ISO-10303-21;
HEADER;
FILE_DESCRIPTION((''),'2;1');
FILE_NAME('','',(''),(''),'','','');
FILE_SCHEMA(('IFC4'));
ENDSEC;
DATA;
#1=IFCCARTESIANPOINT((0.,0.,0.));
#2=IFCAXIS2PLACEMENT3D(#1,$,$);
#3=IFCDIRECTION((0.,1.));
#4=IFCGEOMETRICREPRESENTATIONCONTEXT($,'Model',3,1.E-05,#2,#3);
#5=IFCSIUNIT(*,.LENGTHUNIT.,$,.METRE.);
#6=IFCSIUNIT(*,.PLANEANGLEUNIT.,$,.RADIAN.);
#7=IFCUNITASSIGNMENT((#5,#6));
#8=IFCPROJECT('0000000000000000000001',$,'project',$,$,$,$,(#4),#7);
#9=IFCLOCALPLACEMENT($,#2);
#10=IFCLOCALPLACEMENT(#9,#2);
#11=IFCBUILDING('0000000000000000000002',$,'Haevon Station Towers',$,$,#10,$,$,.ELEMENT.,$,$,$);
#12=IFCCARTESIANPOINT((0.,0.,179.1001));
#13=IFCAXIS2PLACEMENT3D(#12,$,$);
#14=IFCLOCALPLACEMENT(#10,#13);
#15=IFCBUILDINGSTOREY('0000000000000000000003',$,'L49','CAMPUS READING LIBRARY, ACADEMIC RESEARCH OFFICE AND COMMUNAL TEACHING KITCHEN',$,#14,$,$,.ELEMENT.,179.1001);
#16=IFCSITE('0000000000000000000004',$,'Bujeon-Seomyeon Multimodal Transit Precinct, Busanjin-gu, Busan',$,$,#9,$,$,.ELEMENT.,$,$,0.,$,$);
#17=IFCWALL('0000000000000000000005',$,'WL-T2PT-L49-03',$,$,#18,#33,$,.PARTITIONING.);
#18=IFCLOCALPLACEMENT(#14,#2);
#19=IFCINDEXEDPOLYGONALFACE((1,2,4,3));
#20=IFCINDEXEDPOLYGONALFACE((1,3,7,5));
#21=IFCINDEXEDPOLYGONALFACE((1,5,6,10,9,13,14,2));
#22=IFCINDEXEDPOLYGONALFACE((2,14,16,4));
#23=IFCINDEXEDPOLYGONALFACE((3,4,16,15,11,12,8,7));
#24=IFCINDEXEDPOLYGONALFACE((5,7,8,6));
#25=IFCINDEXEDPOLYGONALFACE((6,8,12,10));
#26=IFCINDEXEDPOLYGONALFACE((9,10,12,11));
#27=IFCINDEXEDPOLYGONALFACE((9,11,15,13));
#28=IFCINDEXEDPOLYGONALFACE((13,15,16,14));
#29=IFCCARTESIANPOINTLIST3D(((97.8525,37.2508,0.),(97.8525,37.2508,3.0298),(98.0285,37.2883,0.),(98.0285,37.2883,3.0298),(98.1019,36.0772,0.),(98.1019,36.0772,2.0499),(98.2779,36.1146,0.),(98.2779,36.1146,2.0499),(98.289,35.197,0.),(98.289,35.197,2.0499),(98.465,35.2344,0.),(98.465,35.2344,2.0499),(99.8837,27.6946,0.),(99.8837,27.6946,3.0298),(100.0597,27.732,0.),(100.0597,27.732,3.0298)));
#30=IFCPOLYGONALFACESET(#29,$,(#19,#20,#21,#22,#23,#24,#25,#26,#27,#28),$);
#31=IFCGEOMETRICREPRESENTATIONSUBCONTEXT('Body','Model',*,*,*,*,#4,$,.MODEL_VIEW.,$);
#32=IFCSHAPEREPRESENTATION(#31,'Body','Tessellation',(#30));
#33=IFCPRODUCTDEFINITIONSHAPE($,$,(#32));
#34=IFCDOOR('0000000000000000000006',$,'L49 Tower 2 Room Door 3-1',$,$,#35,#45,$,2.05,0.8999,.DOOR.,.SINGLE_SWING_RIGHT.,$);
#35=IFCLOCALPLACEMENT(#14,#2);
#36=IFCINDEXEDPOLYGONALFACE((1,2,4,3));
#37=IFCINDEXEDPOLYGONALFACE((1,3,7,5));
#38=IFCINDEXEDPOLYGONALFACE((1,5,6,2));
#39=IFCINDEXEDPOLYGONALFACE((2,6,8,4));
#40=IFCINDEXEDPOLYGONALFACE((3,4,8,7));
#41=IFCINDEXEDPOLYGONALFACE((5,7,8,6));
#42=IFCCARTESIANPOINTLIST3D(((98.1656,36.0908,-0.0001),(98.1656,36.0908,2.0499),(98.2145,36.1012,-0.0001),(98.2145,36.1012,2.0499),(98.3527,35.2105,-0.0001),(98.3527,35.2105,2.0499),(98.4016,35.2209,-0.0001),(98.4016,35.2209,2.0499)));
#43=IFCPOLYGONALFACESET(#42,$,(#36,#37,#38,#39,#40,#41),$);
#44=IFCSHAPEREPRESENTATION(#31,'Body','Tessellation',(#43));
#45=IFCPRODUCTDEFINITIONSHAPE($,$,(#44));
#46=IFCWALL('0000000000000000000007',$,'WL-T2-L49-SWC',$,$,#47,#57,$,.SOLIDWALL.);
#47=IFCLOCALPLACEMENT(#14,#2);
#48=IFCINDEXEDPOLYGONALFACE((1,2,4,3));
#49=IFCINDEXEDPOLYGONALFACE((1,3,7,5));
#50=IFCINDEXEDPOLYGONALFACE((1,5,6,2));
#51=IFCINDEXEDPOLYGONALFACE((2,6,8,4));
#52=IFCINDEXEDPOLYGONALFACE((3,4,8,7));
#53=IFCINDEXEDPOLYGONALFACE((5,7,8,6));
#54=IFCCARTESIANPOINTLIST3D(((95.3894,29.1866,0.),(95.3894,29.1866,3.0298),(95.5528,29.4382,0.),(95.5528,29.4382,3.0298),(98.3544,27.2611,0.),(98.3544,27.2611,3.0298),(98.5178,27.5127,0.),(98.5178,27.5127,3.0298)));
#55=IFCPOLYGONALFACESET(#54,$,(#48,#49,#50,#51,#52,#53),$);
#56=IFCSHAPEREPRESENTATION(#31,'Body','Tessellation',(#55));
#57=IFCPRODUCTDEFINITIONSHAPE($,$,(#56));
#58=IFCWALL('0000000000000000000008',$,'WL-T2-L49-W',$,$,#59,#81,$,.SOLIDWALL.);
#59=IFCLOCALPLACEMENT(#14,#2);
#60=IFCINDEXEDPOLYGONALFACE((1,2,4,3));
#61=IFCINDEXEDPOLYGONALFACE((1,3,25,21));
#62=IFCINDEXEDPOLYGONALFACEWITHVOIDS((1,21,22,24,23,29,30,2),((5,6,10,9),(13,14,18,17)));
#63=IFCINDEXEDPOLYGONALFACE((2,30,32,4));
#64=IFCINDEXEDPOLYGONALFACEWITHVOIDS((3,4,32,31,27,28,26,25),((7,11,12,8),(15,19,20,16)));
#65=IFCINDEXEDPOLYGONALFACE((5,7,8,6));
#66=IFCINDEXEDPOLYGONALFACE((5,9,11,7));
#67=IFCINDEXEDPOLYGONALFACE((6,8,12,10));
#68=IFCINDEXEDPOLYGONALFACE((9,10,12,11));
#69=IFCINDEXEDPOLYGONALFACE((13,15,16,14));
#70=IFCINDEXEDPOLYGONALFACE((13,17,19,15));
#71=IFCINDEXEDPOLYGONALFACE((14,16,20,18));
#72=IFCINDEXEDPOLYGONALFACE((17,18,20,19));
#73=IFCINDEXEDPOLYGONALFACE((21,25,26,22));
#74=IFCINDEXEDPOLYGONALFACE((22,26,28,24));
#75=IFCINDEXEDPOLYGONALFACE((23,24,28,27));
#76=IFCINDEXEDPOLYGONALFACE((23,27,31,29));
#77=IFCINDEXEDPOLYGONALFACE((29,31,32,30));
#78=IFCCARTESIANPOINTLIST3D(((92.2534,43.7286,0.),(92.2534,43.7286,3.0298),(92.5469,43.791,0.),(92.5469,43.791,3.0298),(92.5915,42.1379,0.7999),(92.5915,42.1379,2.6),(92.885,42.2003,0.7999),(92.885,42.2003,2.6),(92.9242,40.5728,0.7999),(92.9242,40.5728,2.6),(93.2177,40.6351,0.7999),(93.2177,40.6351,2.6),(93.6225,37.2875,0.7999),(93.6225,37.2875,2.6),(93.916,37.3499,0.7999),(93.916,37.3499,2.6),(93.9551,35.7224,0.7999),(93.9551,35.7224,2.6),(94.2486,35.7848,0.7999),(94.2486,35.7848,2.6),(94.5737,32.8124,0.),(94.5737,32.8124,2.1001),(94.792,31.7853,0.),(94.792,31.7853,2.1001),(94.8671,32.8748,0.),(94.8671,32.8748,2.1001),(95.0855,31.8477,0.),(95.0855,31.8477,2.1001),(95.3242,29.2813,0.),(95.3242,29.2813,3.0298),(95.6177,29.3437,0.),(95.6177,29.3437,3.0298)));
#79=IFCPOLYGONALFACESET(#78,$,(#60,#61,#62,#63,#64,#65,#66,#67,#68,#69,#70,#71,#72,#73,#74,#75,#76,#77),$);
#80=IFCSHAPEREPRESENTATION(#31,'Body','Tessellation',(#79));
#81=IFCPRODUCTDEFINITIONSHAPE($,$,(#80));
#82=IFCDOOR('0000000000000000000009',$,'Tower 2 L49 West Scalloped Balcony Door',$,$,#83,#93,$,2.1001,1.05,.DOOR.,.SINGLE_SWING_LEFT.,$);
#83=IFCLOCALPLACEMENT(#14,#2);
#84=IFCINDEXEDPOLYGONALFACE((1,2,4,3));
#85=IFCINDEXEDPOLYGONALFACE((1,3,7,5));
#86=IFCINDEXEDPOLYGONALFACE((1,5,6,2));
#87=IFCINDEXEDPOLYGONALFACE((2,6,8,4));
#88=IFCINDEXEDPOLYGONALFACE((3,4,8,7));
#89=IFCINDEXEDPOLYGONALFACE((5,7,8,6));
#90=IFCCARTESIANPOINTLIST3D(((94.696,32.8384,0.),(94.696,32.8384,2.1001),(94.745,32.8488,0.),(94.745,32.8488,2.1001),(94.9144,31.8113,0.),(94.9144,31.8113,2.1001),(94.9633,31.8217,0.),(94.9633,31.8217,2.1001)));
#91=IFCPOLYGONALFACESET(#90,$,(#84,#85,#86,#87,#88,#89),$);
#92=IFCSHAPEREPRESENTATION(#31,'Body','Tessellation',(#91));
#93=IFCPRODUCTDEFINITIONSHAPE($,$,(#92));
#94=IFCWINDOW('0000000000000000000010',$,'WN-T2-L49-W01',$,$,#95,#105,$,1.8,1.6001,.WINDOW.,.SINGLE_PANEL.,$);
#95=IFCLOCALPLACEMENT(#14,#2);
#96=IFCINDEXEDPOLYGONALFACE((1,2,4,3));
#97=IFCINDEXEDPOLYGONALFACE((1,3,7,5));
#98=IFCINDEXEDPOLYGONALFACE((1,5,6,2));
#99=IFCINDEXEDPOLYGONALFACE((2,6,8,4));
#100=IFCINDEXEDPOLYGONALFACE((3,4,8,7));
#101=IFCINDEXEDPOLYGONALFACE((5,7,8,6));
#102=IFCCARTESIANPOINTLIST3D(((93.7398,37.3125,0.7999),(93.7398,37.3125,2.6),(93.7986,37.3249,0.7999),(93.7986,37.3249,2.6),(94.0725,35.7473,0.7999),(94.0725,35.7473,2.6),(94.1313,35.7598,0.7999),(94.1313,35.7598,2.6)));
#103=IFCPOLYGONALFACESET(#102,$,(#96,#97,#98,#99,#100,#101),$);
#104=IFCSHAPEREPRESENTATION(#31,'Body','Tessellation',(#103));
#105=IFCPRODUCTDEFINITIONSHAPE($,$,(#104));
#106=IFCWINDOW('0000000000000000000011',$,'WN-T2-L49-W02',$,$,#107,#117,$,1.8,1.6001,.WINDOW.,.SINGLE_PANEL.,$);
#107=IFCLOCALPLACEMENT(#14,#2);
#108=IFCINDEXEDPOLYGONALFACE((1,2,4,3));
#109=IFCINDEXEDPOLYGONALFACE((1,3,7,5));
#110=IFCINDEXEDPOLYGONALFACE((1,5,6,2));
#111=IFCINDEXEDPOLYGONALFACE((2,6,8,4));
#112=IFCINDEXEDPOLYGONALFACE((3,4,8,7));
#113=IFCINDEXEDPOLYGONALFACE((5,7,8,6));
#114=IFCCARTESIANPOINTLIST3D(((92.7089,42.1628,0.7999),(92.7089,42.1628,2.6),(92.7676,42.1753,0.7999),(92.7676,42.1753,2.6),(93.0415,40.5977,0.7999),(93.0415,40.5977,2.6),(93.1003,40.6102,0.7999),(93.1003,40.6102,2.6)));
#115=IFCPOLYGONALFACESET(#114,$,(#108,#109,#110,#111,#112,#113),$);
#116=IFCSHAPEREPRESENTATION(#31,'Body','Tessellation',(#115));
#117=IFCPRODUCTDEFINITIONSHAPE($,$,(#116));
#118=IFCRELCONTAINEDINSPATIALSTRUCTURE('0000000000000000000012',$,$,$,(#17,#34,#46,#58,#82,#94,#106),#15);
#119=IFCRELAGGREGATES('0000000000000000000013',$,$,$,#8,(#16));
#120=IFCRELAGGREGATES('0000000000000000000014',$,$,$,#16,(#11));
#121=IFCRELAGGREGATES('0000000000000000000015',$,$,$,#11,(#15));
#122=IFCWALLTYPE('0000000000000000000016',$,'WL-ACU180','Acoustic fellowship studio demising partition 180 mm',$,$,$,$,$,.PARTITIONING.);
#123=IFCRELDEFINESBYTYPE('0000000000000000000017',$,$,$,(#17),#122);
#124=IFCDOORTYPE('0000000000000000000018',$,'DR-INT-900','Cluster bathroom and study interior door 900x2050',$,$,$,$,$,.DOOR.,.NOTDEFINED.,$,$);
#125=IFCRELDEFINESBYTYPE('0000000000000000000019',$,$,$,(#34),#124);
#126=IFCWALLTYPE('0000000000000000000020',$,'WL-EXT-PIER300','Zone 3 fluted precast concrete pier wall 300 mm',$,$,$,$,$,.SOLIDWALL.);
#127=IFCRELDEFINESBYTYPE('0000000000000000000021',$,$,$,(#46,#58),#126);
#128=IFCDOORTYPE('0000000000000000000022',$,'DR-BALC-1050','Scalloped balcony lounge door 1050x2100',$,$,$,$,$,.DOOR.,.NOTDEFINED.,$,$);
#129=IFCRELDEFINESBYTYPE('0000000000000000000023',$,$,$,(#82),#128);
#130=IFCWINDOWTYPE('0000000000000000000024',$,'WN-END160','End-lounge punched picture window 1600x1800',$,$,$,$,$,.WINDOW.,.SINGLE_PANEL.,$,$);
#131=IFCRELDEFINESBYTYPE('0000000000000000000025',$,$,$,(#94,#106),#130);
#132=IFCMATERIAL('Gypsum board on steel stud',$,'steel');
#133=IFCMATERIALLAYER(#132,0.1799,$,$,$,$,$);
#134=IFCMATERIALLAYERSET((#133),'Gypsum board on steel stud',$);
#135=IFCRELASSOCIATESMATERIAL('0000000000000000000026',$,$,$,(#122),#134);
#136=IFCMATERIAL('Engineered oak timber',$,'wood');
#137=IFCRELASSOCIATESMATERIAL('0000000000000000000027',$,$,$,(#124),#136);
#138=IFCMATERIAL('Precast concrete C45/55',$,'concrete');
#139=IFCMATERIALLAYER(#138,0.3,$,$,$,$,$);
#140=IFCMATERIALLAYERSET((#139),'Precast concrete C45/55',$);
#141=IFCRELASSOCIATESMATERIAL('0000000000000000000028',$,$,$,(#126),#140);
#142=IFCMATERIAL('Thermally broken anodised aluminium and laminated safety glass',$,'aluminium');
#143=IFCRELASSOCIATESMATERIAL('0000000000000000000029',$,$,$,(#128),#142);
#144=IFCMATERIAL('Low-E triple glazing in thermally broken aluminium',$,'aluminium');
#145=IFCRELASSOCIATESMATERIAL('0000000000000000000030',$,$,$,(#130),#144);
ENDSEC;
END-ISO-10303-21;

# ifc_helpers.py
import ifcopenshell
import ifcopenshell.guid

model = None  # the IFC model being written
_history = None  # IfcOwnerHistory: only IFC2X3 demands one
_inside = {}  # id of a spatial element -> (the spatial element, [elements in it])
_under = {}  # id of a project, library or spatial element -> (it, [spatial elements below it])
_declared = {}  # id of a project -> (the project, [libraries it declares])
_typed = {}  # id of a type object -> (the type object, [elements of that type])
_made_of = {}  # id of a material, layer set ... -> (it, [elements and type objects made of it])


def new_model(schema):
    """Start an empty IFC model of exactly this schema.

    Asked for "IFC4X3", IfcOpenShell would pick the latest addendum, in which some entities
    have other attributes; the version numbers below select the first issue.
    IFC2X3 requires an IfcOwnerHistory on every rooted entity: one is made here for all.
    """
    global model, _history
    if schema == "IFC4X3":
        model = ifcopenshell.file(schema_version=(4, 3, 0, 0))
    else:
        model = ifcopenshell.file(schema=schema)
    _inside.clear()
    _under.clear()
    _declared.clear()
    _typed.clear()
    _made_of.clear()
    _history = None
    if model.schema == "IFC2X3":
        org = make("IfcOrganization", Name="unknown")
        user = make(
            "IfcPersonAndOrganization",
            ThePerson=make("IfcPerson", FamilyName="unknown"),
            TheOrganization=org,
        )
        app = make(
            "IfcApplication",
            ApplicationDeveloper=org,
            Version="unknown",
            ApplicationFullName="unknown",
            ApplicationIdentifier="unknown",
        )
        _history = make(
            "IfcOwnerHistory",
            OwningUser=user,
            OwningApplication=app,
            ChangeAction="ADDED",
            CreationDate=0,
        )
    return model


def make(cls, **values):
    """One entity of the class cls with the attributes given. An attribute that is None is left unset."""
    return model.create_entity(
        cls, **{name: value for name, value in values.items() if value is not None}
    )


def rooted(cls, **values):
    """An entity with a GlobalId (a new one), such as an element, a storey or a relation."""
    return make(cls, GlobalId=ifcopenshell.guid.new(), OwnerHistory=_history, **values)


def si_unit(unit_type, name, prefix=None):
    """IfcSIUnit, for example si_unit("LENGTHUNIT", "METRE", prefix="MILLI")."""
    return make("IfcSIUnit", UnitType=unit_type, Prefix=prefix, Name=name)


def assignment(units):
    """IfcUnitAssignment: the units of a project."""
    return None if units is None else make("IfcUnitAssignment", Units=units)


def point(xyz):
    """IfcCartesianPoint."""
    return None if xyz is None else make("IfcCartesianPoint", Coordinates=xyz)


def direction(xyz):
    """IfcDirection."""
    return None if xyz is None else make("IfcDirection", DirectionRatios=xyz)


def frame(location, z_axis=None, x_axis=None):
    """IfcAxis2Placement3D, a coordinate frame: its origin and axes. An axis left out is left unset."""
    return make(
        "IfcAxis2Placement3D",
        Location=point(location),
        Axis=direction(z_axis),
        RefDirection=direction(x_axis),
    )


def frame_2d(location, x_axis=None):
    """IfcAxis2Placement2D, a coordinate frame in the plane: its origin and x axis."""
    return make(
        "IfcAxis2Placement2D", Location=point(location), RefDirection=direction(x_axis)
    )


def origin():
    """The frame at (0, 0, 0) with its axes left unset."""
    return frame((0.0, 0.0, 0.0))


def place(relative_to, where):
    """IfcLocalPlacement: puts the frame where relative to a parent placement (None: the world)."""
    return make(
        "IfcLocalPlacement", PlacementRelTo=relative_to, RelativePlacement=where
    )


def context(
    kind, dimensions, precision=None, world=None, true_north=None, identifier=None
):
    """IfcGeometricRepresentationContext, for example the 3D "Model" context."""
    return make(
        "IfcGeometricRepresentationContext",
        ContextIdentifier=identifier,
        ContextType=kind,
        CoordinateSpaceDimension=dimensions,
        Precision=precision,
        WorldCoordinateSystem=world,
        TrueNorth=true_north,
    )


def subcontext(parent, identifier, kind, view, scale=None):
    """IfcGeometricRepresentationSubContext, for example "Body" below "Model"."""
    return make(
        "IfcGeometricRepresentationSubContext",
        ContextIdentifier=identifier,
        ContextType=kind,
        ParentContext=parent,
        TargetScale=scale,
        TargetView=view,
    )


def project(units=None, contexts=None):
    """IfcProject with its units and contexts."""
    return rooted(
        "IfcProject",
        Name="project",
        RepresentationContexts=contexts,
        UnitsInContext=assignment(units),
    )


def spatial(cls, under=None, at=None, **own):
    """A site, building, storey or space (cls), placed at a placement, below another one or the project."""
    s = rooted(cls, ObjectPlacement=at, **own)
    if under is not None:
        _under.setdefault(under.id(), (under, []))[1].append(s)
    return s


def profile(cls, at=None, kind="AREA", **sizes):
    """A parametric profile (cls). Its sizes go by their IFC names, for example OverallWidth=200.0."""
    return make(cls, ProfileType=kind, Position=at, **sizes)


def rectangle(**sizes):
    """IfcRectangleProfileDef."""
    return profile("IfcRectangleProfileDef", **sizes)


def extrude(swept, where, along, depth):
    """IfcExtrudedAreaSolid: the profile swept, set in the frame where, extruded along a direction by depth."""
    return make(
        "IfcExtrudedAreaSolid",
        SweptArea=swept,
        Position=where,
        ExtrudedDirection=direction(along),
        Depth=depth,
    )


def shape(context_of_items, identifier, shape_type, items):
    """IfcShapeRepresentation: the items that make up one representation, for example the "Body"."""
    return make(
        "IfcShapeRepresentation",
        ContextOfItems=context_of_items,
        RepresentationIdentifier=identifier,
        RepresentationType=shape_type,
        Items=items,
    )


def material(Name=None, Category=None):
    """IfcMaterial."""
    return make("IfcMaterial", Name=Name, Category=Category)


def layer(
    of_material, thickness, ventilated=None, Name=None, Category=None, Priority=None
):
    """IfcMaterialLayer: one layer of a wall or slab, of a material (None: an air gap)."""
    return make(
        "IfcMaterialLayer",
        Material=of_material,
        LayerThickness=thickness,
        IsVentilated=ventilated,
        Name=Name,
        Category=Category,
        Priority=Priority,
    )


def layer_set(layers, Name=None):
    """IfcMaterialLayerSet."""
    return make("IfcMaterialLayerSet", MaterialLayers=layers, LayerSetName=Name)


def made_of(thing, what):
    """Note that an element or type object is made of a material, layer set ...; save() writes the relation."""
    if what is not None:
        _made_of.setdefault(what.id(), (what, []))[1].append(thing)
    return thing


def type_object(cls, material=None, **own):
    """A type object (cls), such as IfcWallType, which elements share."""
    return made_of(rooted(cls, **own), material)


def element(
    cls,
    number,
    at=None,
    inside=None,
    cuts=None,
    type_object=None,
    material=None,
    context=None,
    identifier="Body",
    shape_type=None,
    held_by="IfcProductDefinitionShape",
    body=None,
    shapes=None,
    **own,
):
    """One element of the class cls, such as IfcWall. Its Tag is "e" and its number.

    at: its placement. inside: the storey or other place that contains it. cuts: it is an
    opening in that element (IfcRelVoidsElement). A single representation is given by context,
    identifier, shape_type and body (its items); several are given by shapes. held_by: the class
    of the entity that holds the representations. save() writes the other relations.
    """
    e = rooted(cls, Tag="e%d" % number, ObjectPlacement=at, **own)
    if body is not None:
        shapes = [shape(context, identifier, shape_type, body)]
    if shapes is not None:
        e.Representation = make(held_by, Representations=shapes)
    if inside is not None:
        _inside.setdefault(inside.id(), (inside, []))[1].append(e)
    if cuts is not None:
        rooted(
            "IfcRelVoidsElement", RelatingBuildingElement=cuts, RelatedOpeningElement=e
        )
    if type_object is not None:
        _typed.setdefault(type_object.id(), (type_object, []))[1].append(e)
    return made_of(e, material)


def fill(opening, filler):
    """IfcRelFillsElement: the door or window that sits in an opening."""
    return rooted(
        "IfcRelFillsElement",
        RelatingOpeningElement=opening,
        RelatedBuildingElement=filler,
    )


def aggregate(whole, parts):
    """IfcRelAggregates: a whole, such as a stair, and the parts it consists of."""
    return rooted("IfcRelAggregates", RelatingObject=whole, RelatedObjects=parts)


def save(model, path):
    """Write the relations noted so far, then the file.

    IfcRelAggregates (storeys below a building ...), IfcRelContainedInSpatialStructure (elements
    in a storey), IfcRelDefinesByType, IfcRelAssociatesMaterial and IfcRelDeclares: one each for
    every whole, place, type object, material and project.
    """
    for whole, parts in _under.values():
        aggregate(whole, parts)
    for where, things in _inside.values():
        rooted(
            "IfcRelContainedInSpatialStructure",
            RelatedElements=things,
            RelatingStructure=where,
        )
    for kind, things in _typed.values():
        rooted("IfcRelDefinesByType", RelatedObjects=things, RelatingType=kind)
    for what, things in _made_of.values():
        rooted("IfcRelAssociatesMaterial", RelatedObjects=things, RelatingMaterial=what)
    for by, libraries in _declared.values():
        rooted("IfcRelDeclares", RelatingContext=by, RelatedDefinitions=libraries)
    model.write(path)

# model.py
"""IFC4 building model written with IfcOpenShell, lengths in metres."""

from ifc_helpers import new_model, si_unit, direction, frame, frame_2d, origin, place, context, subcontext, project, spatial, rectangle, extrude, material, layer, layer_set, type_object, element, fill, save


model = new_model("IFC4")

# Units and contexts
model_context = context("Model", 3, precision=1e-05, world=origin(), true_north=direction((0.0, 1.0)))
body_context = subcontext(model_context, "Body", "Model", "MODEL_VIEW")
ifc_project = project(units=[si_unit("LENGTHUNIT", "METRE"), si_unit("PLANEANGLEUNIT", "RADIAN")], contexts=[model_context])

# Site, building, storey
site_placement = place(None, origin())
site = spatial("IfcSite", under=ifc_project, at=site_placement, Name="Bujeon-Seomyeon Multimodal Transit Precinct, Busanjin-gu, Busan", CompositionType="ELEMENT", RefElevation=0.0)
building_placement = place(site_placement, origin())
building = spatial("IfcBuilding", under=site, at=building_placement, Name="Haevon Station Towers", CompositionType="ELEMENT")
storey_placement = place(building_placement, frame((0.0, 0.0, 179.1001)))
storey = spatial("IfcBuildingStorey", under=building, at=storey_placement, Name="L49", Description="CAMPUS READING LIBRARY, ACADEMIC RESEARCH OFFICE AND COMMUNAL TEACHING KITCHEN", CompositionType="ELEMENT", Elevation=179.1001)

# Wall, opening, door
ifc_material_1 = material(Name="Gypsum board on steel stud", Category="steel")
ifc_layer_1 = layer(ifc_material_1, 0.1799)
ifc_layer_set_1 = layer_set([ifc_layer_1], Name="Gypsum board on steel stud")
wall_type_1 = type_object("IfcWallType", Name="WL-ACU180", Description="Acoustic fellowship studio demising partition 180 mm", PredefinedType="PARTITIONING", material=ifc_layer_set_1)
wall_1_placement = place(storey_placement, frame((99.9717, 27.7134, 0.0), z_axis=(0.0, 0.0, 1.0), x_axis=(-0.207909, 0.978148, 0.0)))
wall_1 = element("IfcWall", 1, at=wall_1_placement, inside=storey, type_object=wall_type_1, Name="WL-T2PT-L49-03", PredefinedType="PARTITIONING", context=body_context, shape_type="SweptSolid", body=[
    extrude(rectangle(XDim=9.7698, YDim=0.1799, at=frame_2d((4.8848, 0.0))), origin(), (0.0, 0.0, 1.0), 3.0298),
])
opening_1_placement = place(wall_1_placement, frame((7.6699, 0.0, 0.0)))
opening_1 = element("IfcOpeningElement", 2, at=opening_1_placement, cuts=wall_1, PredefinedType="OPENING", context=body_context, shape_type="SweptSolid", body=[
    extrude(rectangle(XDim=0.8999, YDim=2.05, at=frame_2d((0.45, 1.0249))), frame((0.0, 0.0999, 0.0), z_axis=(0.0, -1.0, 0.0), x_axis=(1.0, 0.0, 0.0)), (0.0, 0.0, 1.0), 0.2),
])
ifc_material_2 = material(Name="Engineered oak timber", Category="wood")
door_type_1 = type_object("IfcDoorType", Name="DR-INT-900", Description="Cluster bathroom and study interior door 900x2050", OperationType="NOTDEFINED", PredefinedType="DOOR", material=ifc_material_2)
door_1_placement = place(opening_1_placement, origin())
door_1 = element("IfcDoor", 3, at=door_1_placement, inside=storey, type_object=door_type_1, Name="L49 Tower 2 Room Door 3-1", OperationType="SINGLE_SWING_RIGHT", OverallHeight=2.05, OverallWidth=0.8999, PredefinedType="DOOR", context=body_context, shape_type="SweptSolid", body=[
    extrude(rectangle(XDim=0.8999, YDim=2.05, at=frame_2d((0.45, 1.0249))), frame((0.0, 0.0249, 0.0), z_axis=(0.0, -1.0, 0.0), x_axis=(1.0, 0.0, 0.0)), (0.0, 0.0, 1.0), 0.05),
])
fill(opening_1, door_1)

# Wall
ifc_material_3 = material(Name="Precast concrete C45/55", Category="concrete")
ifc_layer_2 = layer(ifc_material_3, 0.3)
ifc_layer_set_2 = layer_set([ifc_layer_2], Name="Precast concrete C45/55")
wall_type_2 = type_object("IfcWallType", Name="WL-EXT-PIER300", Description="Zone 3 fluted precast concrete pier wall 300 mm", PredefinedType="SOLIDWALL", material=ifc_layer_set_2)
wall_2_placement = place(storey_placement, frame((98.436, 27.387, 0.0), z_axis=(0.0, 0.0, 1.0), x_axis=(-0.838672, 0.544636, 0.0)))
element("IfcWall", 4, at=wall_2_placement, inside=storey, type_object=wall_type_2, Name="WL-T2-L49-SWC", PredefinedType="SOLIDWALL", context=body_context, shape_type="SweptSolid", body=[
    extrude(rectangle(XDim=3.5354, YDim=0.3, at=frame_2d((1.7676, 0.0))), origin(), (0.0, 0.0, 1.0), 3.0298),
])

# Wall, openings, door, windows
wall_3_placement = place(storey_placement, frame((95.4709, 29.3125, 0.0), z_axis=(0.0, 0.0, 1.0), x_axis=(-0.207908, 0.978148, 0.0)))
wall_3 = element("IfcWall", 5, at=wall_3_placement, inside=storey, type_object=wall_type_2, Name="WL-T2-L49-W", PredefinedType="SOLIDWALL", context=body_context, shape_type="SweptSolid", body=[
    extrude(rectangle(XDim=14.77, YDim=0.3, at=frame_2d((7.385, 0.0))), origin(), (0.0, 0.0, 1.0), 3.0298),
])
opening_2_placement = place(wall_3_placement, frame((2.5601, 0.0, 0.0)))
opening_2 = element("IfcOpeningElement", 6, at=opening_2_placement, cuts=wall_3, PredefinedType="OPENING", context=body_context, shape_type="SweptSolid", body=[
    extrude(rectangle(XDim=1.05, YDim=2.1001, at=frame_2d((0.5249, 1.05))), frame((0.0, 0.1599, 0.0), z_axis=(0.0, -1.0, 0.0), x_axis=(1.0, 0.0, 0.0)), (0.0, 0.0, 1.0), 0.3201),
])
opening_3_placement = place(wall_3_placement, frame((6.585, 0.0, 0.8)))
opening_3 = element("IfcOpeningElement", 7, at=opening_3_placement, cuts=wall_3, PredefinedType="OPENING", context=body_context, shape_type="SweptSolid", body=[
    extrude(rectangle(XDim=1.6001, YDim=1.8, at=frame_2d((0.8, 0.8999))), frame((0.0, 0.1599, 0.0), z_axis=(0.0, -1.0, 0.0), x_axis=(1.0, 0.0, 0.0)), (0.0, 0.0, 1.0), 0.3201),
])
opening_4_placement = place(wall_3_placement, frame((11.5437, 0.0, 0.8)))
opening_4 = element("IfcOpeningElement", 8, at=opening_4_placement, cuts=wall_3, PredefinedType="OPENING", context=body_context, shape_type="SweptSolid", body=[
    extrude(rectangle(XDim=1.6001, YDim=1.8, at=frame_2d((0.8, 0.8999))), frame((0.0, 0.1599, 0.0), z_axis=(0.0, -1.0, 0.0), x_axis=(1.0, 0.0, 0.0)), (0.0, 0.0, 1.0), 0.3201),
])
ifc_material_4 = material(Name="Thermally broken anodised aluminium and laminated safety glass", Category="aluminium")
door_type_2 = type_object("IfcDoorType", Name="DR-BALC-1050", Description="Scalloped balcony lounge door 1050x2100", OperationType="NOTDEFINED", PredefinedType="DOOR", material=ifc_material_4)
door_2_placement = place(opening_2_placement, origin())
door_2 = element("IfcDoor", 9, at=door_2_placement, inside=storey, type_object=door_type_2, Name="Tower 2 L49 West Scalloped Balcony Door", OperationType="SINGLE_SWING_LEFT", OverallHeight=2.1001, OverallWidth=1.05, PredefinedType="DOOR", context=body_context, shape_type="SweptSolid", body=[
    extrude(rectangle(XDim=1.05, YDim=2.1001, at=frame_2d((0.5249, 1.05))), frame((0.0, 0.0249, 0.0), z_axis=(0.0, -1.0, 0.0), x_axis=(1.0, 0.0, 0.0)), (0.0, 0.0, 1.0), 0.05),
])
fill(opening_2, door_2)
ifc_material_5 = material(Name="Low-E triple glazing in thermally broken aluminium", Category="aluminium")
window_type = type_object("IfcWindowType", Name="WN-END160", Description="End-lounge punched picture window 1600x1800", PartitioningType="SINGLE_PANEL", PredefinedType="WINDOW", material=ifc_material_5)
window_1_placement = place(opening_3_placement, origin())
window_1 = element("IfcWindow", 10, at=window_1_placement, inside=storey, type_object=window_type, Name="WN-T2-L49-W01", OverallHeight=1.8, OverallWidth=1.6001, PartitioningType="SINGLE_PANEL", PredefinedType="WINDOW", context=body_context, shape_type="SweptSolid", body=[
    extrude(rectangle(XDim=1.6001, YDim=1.8, at=frame_2d((0.8, 0.8999))), frame((0.0, 0.03, 0.0), z_axis=(0.0, -1.0, 0.0), x_axis=(1.0, 0.0, 0.0)), (0.0, 0.0, 1.0), 0.0601),
])
fill(opening_3, window_1)
window_2_placement = place(opening_4_placement, origin())
window_2 = element("IfcWindow", 11, at=window_2_placement, inside=storey, type_object=window_type, Name="WN-T2-L49-W02", OverallHeight=1.8, OverallWidth=1.6001, PartitioningType="SINGLE_PANEL", PredefinedType="WINDOW", context=body_context, shape_type="SweptSolid", body=[
    extrude(rectangle(XDim=1.6001, YDim=1.8, at=frame_2d((0.8, 0.8999))), frame((0.0, 0.03, 0.0), z_axis=(0.0, -1.0, 0.0), x_axis=(1.0, 0.0, 0.0)), (0.0, 0.0, 1.0), 0.0601),
])
fill(opening_4, window_2)

save(model, "model.ifc")
